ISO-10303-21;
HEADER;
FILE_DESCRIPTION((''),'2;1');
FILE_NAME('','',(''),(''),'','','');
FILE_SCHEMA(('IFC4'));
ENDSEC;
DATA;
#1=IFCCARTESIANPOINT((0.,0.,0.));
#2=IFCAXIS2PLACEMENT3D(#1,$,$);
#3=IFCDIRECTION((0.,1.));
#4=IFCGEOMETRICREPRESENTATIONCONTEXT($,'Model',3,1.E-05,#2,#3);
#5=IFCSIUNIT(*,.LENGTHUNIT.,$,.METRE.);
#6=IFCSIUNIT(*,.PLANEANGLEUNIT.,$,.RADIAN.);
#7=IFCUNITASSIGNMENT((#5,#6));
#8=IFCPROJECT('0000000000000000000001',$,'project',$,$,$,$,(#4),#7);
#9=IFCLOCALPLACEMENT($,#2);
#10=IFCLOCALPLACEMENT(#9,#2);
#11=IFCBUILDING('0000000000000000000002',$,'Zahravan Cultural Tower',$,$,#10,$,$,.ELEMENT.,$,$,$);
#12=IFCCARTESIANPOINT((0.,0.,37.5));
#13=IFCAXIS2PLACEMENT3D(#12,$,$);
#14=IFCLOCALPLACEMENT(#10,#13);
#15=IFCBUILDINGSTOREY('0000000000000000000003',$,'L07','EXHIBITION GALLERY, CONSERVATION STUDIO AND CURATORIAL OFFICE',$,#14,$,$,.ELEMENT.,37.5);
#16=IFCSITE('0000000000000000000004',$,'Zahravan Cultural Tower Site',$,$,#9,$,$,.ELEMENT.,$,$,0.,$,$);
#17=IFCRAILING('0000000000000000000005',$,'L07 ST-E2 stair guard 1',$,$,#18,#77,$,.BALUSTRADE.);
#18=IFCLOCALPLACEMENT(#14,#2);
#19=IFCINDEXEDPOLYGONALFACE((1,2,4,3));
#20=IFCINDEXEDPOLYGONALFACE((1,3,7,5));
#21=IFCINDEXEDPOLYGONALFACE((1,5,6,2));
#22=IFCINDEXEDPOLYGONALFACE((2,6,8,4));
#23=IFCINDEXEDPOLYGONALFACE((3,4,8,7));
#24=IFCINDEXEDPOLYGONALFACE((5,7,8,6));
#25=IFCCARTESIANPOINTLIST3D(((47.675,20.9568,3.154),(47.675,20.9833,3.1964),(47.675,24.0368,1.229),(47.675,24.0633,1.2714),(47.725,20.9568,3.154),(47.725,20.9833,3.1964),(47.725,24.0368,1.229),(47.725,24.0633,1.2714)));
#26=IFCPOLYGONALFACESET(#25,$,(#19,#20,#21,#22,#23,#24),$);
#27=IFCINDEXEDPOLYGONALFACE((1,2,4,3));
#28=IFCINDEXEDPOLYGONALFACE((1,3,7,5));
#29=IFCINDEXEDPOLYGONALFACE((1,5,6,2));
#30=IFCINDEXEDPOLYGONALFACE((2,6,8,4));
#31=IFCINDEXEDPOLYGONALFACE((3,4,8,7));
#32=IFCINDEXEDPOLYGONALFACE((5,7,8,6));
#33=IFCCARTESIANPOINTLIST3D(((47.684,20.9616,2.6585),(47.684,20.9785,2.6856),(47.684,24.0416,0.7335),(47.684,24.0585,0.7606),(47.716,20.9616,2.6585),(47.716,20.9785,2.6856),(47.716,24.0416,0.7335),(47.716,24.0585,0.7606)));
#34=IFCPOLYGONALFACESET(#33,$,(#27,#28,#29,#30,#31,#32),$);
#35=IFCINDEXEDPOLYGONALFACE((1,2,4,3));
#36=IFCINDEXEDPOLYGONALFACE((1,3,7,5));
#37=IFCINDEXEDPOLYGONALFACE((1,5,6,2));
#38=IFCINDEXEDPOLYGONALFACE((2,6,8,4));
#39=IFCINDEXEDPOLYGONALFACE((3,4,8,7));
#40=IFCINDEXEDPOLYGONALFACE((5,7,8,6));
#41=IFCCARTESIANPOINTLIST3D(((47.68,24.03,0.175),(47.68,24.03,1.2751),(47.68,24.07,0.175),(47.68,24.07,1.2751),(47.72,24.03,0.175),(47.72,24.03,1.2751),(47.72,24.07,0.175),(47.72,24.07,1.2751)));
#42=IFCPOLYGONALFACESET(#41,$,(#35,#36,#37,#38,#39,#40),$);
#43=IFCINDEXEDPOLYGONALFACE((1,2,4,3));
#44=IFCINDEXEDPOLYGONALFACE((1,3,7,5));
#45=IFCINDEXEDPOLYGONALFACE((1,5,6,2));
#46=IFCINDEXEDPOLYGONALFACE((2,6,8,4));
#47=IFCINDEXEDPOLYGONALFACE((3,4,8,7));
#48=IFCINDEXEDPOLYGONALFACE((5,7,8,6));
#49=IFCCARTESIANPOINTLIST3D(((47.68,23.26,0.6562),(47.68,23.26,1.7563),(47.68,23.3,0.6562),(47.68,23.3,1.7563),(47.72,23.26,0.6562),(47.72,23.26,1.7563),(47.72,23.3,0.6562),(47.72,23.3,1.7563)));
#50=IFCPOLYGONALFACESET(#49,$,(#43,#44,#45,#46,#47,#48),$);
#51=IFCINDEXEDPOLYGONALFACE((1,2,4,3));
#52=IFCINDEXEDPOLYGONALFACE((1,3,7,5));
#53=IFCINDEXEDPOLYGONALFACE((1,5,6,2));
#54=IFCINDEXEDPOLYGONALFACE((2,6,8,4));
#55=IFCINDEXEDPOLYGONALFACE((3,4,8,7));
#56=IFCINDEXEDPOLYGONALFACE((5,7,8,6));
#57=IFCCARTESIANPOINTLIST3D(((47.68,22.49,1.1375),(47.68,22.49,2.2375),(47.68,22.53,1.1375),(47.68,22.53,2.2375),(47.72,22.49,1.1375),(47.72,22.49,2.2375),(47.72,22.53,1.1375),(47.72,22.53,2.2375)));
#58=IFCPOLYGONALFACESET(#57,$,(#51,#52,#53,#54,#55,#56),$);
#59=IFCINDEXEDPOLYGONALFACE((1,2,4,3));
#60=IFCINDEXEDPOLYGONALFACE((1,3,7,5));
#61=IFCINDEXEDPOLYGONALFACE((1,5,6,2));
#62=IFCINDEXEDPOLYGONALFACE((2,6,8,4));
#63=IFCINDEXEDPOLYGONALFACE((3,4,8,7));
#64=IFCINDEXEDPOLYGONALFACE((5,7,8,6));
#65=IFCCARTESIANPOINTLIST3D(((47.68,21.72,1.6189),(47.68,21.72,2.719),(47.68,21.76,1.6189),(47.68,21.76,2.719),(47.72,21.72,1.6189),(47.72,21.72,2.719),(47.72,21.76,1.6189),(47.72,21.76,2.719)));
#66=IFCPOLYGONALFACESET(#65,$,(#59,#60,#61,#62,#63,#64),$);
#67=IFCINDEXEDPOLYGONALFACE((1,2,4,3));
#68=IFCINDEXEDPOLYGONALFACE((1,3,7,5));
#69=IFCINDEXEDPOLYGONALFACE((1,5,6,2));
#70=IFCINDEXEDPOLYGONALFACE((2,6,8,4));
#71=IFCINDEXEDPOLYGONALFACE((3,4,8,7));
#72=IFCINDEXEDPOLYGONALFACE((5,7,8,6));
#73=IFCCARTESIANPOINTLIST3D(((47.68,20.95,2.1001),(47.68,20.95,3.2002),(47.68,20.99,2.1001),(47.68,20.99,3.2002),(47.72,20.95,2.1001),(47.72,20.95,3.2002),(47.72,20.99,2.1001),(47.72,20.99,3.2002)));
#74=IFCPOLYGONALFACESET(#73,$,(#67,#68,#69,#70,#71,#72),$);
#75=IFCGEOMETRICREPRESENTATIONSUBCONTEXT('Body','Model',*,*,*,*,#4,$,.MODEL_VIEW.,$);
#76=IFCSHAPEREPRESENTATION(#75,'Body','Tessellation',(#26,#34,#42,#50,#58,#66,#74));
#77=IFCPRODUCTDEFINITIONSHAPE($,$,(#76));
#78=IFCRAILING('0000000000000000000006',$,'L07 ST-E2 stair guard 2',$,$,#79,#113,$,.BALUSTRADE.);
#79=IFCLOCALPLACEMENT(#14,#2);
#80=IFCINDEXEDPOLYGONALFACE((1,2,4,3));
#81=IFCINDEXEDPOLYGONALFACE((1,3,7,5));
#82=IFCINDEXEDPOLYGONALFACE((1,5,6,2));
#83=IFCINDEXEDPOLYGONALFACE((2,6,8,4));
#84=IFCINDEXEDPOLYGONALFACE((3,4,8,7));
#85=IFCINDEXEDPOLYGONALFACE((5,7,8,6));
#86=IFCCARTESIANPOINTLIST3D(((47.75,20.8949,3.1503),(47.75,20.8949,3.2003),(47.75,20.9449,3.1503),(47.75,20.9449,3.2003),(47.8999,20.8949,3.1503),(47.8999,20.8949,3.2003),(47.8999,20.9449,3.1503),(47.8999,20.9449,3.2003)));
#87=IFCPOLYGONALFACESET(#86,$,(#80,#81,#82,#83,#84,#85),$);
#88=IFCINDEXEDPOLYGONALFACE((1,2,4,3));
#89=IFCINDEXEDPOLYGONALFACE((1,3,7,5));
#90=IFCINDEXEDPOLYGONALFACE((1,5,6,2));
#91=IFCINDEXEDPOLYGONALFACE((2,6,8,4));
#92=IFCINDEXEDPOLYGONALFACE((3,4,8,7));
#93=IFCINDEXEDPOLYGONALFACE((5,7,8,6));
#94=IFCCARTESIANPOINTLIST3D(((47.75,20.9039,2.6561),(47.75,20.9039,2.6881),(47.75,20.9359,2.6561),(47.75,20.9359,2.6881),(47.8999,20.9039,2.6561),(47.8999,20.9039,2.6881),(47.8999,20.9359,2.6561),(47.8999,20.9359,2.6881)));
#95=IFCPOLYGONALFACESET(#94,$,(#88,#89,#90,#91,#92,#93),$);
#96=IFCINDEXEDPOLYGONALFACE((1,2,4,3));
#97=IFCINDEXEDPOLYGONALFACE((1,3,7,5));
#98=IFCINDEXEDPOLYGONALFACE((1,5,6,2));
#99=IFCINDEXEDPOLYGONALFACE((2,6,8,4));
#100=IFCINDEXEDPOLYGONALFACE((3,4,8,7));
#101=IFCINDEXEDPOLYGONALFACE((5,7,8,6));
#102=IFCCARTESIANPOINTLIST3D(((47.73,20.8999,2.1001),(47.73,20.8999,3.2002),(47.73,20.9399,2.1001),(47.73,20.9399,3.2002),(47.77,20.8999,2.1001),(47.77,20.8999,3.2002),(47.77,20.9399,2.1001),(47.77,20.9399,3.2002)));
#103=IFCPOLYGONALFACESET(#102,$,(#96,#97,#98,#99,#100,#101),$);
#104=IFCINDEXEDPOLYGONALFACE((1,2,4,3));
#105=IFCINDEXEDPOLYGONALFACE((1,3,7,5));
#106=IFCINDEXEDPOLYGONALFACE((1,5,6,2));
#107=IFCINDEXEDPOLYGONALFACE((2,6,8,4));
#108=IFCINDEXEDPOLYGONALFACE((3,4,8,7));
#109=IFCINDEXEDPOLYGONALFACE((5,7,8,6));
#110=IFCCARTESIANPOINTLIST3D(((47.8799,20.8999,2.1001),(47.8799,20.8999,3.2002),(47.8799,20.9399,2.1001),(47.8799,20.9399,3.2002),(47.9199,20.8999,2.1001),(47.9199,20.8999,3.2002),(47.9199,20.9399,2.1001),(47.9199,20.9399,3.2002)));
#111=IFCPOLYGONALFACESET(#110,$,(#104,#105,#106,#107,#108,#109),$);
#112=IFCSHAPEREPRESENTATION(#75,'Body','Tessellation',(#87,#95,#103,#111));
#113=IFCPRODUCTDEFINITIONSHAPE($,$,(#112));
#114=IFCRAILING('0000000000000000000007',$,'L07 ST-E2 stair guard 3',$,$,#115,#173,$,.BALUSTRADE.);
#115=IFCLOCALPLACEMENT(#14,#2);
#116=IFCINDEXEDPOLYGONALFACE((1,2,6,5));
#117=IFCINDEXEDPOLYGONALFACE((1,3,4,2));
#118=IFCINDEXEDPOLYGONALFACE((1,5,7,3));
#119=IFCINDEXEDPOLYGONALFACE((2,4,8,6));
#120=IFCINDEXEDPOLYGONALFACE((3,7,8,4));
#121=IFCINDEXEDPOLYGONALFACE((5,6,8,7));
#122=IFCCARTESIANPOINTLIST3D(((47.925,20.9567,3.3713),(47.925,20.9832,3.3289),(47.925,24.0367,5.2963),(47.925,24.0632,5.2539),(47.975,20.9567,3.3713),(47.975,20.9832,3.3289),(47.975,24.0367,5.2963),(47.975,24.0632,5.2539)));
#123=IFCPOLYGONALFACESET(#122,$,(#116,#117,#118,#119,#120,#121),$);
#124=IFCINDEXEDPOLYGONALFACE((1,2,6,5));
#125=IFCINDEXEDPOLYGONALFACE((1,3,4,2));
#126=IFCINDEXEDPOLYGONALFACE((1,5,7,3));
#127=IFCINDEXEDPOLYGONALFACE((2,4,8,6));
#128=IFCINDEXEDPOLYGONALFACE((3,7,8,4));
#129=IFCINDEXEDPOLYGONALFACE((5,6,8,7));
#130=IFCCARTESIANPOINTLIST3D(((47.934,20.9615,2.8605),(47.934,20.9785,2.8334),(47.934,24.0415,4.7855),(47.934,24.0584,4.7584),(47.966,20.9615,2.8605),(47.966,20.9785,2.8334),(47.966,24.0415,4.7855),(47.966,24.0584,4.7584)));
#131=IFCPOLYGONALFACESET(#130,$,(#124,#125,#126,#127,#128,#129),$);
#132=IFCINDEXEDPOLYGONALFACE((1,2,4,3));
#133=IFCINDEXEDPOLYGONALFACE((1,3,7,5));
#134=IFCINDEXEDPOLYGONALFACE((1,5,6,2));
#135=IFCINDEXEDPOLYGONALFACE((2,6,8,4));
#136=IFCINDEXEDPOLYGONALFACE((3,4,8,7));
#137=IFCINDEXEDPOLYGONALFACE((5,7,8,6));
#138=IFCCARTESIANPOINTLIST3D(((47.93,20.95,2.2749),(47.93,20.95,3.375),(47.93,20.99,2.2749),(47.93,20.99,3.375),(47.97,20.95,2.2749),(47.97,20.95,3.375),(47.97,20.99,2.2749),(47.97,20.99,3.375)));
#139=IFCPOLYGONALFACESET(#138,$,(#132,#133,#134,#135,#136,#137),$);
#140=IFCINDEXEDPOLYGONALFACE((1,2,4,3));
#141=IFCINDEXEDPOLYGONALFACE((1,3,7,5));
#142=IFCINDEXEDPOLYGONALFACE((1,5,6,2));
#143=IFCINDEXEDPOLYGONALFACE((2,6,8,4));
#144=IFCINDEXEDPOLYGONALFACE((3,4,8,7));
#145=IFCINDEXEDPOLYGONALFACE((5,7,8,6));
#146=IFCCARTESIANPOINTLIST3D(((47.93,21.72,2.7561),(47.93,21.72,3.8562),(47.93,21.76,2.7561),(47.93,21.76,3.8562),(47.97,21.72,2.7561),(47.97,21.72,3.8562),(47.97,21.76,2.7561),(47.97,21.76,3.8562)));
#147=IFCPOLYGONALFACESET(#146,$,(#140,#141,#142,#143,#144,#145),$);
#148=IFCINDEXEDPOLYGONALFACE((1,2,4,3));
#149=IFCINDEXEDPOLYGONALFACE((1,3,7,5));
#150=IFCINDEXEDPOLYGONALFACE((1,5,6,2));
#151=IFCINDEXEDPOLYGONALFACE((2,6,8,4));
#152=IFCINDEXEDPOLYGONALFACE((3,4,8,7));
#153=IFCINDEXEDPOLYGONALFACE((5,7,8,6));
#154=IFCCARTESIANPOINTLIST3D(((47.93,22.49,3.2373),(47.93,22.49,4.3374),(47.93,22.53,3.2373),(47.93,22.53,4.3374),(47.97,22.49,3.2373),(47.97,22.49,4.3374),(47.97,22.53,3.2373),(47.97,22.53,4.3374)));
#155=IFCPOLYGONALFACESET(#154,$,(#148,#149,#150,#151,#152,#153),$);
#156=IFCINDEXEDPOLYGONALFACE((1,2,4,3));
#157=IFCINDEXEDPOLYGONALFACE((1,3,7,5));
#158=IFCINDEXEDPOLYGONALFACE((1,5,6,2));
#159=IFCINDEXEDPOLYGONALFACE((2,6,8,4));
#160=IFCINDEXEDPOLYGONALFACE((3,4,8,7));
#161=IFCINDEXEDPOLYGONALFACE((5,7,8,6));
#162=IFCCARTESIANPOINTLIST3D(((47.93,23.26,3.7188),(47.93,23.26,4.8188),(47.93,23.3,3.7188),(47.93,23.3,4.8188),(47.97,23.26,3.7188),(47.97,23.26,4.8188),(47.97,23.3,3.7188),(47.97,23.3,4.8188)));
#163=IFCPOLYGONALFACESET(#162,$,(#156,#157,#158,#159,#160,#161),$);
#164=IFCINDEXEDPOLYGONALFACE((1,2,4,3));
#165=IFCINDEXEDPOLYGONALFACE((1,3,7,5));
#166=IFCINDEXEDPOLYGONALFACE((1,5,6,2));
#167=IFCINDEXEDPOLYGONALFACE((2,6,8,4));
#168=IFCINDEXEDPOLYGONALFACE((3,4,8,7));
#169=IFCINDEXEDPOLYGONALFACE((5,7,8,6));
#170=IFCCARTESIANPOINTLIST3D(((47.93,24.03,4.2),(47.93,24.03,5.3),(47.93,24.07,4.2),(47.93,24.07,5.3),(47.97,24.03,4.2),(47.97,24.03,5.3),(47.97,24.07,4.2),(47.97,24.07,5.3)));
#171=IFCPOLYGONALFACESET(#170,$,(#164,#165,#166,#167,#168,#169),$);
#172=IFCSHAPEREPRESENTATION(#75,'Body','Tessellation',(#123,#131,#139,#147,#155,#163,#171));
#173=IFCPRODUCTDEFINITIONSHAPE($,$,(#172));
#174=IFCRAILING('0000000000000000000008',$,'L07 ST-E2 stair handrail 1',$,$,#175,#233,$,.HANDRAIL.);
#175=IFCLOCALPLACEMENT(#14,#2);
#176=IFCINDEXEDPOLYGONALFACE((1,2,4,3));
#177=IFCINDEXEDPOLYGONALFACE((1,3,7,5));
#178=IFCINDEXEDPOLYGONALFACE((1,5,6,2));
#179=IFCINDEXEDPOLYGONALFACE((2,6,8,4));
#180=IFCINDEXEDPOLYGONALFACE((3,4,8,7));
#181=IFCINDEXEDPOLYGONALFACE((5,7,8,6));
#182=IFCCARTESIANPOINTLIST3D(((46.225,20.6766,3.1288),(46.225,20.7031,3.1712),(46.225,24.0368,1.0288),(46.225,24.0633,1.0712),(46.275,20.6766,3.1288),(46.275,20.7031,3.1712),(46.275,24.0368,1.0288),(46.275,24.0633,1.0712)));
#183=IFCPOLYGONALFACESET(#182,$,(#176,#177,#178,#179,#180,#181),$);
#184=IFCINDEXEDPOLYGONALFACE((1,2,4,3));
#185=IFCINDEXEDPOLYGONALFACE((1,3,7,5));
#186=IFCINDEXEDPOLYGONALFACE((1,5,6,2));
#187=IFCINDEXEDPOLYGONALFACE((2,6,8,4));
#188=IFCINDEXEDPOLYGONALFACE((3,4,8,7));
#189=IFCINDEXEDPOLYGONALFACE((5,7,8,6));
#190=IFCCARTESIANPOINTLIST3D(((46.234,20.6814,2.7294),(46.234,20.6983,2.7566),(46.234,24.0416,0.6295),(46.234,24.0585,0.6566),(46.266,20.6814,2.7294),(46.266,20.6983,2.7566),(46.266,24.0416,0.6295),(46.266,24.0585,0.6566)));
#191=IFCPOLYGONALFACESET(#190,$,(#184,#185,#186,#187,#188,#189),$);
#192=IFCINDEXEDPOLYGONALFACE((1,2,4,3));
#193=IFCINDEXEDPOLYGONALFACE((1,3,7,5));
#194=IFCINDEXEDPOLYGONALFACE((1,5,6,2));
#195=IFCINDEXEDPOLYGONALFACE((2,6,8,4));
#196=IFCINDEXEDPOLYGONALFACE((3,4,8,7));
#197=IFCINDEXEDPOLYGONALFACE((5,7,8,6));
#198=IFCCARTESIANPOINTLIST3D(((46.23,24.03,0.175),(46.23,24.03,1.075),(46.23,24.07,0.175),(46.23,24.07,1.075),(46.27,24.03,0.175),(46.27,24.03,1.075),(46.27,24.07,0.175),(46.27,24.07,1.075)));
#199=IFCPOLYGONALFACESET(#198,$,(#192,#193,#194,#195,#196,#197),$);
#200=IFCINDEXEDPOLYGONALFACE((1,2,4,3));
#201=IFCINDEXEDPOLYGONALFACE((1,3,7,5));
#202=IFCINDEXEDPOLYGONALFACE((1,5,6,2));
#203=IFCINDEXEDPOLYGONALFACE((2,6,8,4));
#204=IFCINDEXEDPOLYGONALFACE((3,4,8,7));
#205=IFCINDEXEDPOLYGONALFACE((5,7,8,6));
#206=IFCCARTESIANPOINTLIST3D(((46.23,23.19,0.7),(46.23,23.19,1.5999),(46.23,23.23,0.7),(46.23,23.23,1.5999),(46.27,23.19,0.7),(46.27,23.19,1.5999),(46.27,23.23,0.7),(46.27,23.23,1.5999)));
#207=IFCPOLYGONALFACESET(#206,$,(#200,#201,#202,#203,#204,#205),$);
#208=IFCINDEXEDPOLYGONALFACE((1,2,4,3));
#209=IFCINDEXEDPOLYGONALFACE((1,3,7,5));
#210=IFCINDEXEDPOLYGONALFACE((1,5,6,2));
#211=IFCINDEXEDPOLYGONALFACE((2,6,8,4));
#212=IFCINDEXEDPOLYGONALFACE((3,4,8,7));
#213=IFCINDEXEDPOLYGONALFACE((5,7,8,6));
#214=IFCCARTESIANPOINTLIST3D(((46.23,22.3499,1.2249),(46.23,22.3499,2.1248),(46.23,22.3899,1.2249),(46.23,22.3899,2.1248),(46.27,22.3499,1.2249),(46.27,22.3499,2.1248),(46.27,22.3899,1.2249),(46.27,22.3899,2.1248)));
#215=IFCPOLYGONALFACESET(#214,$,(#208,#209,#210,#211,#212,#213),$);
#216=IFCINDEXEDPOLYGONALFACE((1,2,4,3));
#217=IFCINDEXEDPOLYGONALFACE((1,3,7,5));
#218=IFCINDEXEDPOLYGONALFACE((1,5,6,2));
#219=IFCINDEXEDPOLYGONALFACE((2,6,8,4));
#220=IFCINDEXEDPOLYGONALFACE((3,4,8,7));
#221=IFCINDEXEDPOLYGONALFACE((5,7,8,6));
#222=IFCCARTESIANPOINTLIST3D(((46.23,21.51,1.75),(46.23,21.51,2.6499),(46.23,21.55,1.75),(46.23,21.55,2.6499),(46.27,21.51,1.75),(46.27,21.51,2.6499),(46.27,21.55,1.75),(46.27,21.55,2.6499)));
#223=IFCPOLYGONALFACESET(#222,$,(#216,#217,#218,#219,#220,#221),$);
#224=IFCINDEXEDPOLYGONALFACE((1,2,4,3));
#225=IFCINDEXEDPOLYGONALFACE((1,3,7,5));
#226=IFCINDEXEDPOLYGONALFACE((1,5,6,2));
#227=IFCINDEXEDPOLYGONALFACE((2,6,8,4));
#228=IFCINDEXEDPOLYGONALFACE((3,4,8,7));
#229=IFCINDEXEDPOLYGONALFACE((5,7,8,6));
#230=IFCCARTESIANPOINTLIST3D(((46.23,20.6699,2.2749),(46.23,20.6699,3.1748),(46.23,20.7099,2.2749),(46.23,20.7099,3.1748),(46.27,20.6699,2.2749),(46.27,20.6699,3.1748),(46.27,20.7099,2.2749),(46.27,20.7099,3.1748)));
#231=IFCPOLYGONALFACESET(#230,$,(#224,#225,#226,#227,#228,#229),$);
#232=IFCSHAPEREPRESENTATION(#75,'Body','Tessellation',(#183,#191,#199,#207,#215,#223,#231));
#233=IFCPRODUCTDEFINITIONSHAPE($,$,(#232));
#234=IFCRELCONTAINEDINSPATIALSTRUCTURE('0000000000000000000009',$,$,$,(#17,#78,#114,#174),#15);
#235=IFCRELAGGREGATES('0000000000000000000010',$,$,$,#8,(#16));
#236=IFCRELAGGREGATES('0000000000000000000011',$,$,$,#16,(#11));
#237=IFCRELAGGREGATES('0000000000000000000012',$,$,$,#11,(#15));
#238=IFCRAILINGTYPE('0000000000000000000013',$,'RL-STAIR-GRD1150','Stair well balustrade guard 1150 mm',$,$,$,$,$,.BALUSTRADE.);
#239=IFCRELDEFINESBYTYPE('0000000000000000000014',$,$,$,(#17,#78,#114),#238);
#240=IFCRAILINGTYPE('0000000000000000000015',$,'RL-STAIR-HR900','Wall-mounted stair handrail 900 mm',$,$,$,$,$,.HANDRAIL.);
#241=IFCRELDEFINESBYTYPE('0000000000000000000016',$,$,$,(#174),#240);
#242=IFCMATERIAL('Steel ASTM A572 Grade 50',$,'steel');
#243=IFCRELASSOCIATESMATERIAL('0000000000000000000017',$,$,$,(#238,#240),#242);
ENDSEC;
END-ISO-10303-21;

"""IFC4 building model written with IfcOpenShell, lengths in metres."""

from ifc_helpers import new_model, si_unit, direction, frame, origin, origin_2d, place, context, subcontext, project, spatial, rectangle, extrude, material, type_object, element, save


model = new_model("IFC4")

# Units and contexts
model_context = context("Model", 3, precision=1e-05, world=origin(), true_north=direction((0.0, 1.0)))
body_context = subcontext(model_context, "Body", "Model", "MODEL_VIEW")
ifc_project = project(units=[si_unit("LENGTHUNIT", "METRE"), si_unit("PLANEANGLEUNIT", "RADIAN")], contexts=[model_context])

# Site, building, storey
site_placement = place(None, origin())
site = spatial("IfcSite", under=ifc_project, at=site_placement, Name="Zahravan Cultural Tower Site", CompositionType="ELEMENT", RefElevation=0.0)
building_placement = place(site_placement, origin())
building = spatial("IfcBuilding", under=site, at=building_placement, Name="Zahravan Cultural Tower", CompositionType="ELEMENT")
storey_placement = place(building_placement, frame((0.0, 0.0, 37.5)))
storey = spatial("IfcBuildingStorey", under=building, at=storey_placement, Name="L07", Description="EXHIBITION GALLERY, CONSERVATION STUDIO AND CURATORIAL OFFICE", CompositionType="ELEMENT", Elevation=37.5)

# Shared definitions
ifc_material_1 = material(Name="Steel ASTM A572 Grade 50", Category="steel")

# Railings
railing_type_1 = type_object("IfcRailingType", Name="RL-STAIR-GRD1150", Description="Stair well balustrade guard 1150 mm", PredefinedType="BALUSTRADE", material=ifc_material_1)
railing_1_placement = place(storey_placement, frame((47.7, 24.05, 0.175)))
element("IfcRailing", 1, at=railing_1_placement, inside=storey, type_object=railing_type_1, Name="L07 ST-E2 stair guard 1", PredefinedType="BALUSTRADE", context=body_context, shape_type="SweptSolid", body=[
    extrude(rectangle(XDim=0.05, YDim=0.05, at=origin_2d()), frame((0.0, 0.0, 1.0752), z_axis=(0.0, -0.847998, 0.529999), x_axis=(1.0, 0.0, 0.0)), (0.0, 0.0, 1.0), 3.6321),
    extrude(rectangle(XDim=0.032, YDim=0.032, at=origin_2d()), frame((0.0, 0.0, 0.572), z_axis=(0.0, -0.847998, 0.529999), x_axis=(1.0, 0.0, 0.0)), (0.0, 0.0, 1.0), 3.6321),
    extrude(rectangle(XDim=0.04, YDim=0.04, at=origin_2d()), origin(), (0.0, 0.0, 1.0), 1.1001),
    extrude(rectangle(XDim=0.04, YDim=0.04, at=origin_2d()), frame((0.0, -0.77, 0.4812)), (0.0, 0.0, 1.0), 1.1001),
    extrude(rectangle(XDim=0.04, YDim=0.04, at=origin_2d()), frame((0.0, -1.54, 0.9624)), (0.0, 0.0, 1.0), 1.1001),
    extrude(rectangle(XDim=0.04, YDim=0.04, at=origin_2d()), frame((0.0, -2.3101, 1.4438)), (0.0, 0.0, 1.0), 1.1001),
    extrude(rectangle(XDim=0.04, YDim=0.04, at=origin_2d()), frame((0.0, -3.0801, 1.925)), (0.0, 0.0, 1.0), 1.1001),
])
railing_2_placement = place(storey_placement, frame((47.75, 20.9199, 2.1001)))
element("IfcRailing", 2, at=railing_2_placement, inside=storey, type_object=railing_type_1, Name="L07 ST-E2 stair guard 2", PredefinedType="BALUSTRADE", context=body_context, shape_type="SweptSolid", body=[
    extrude(rectangle(XDim=0.05, YDim=0.05, at=origin_2d()), frame((0.0, 0.0, 1.0752), z_axis=(1.0, 0.0, 0.0), x_axis=(0.0, 1.0, 0.0)), (0.0, 0.0, 1.0), 0.1499),
    extrude(rectangle(XDim=0.032, YDim=0.032, at=origin_2d()), frame((0.0, 0.0, 0.572), z_axis=(1.0, 0.0, 0.0), x_axis=(0.0, 1.0, 0.0)), (0.0, 0.0, 1.0), 0.1499),
    extrude(rectangle(XDim=0.04, YDim=0.04, at=origin_2d()), origin(), (0.0, 0.0, 1.0), 1.1001),
    extrude(rectangle(XDim=0.04, YDim=0.04, at=origin_2d()), frame((0.1499, 0.0, 0.0)), (0.0, 0.0, 1.0), 1.1001),
])
railing_3_placement = place(storey_placement, frame((47.95, 20.97, 2.2749)))
element("IfcRailing", 3, at=railing_3_placement, inside=storey, type_object=railing_type_1, Name="L07 ST-E2 stair guard 3", PredefinedType="BALUSTRADE", context=body_context, shape_type="SweptSolid", body=[
    extrude(rectangle(XDim=0.05, YDim=0.05, at=origin_2d()), frame((0.0, 0.0, 1.0752), z_axis=(0.0, 0.847998, 0.529999), x_axis=(-1.0, 0.0, 0.0)), (0.0, 0.0, 1.0), 3.6321),
    extrude(rectangle(XDim=0.032, YDim=0.032, at=origin_2d()), frame((0.0, 0.0, 0.572), z_axis=(0.0, 0.847998, 0.529999), x_axis=(-1.0, 0.0, 0.0)), (0.0, 0.0, 1.0), 3.6321),
    extrude(rectangle(XDim=0.04, YDim=0.04, at=origin_2d()), origin(), (0.0, 0.0, 1.0), 1.1001),
    extrude(rectangle(XDim=0.04, YDim=0.04, at=origin_2d()), frame((0.0, 0.77, 0.4812)), (0.0, 0.0, 1.0), 1.1001),
    extrude(rectangle(XDim=0.04, YDim=0.04, at=origin_2d()), frame((0.0, 1.54, 0.9624)), (0.0, 0.0, 1.0), 1.1001),
    extrude(rectangle(XDim=0.04, YDim=0.04, at=origin_2d()), frame((0.0, 2.3101, 1.4438)), (0.0, 0.0, 1.0), 1.1001),
    extrude(rectangle(XDim=0.04, YDim=0.04, at=origin_2d()), frame((0.0, 3.0801, 1.925)), (0.0, 0.0, 1.0), 1.1001),
])
railing_type_2 = type_object("IfcRailingType", Name="RL-STAIR-HR900", Description="Wall-mounted stair handrail 900 mm", PredefinedType="HANDRAIL", material=ifc_material_1)
railing_4_placement = place(storey_placement, frame((46.25, 24.05, 0.175)))
element("IfcRailing", 4, at=railing_4_placement, inside=storey, type_object=railing_type_2, Name="L07 ST-E2 stair handrail 1", PredefinedType="HANDRAIL", context=body_context, shape_type="SweptSolid", body=[
    extrude(rectangle(XDim=0.05, YDim=0.05, at=origin_2d()), frame((0.0, 0.0, 0.875), z_axis=(0.0, -0.848023, 0.52996), x_axis=(1.0, 0.0, 0.0)), (0.0, 0.0, 1.0), 3.9624),
    extrude(rectangle(XDim=0.032, YDim=0.032, at=origin_2d()), frame((0.0, 0.0, 0.468), z_axis=(0.0, -0.848023, 0.52996), x_axis=(1.0, 0.0, 0.0)), (0.0, 0.0, 1.0), 3.9624),
    extrude(rectangle(XDim=0.04, YDim=0.04, at=origin_2d()), origin(), (0.0, 0.0, 1.0), 0.8999),
    extrude(rectangle(XDim=0.04, YDim=0.04, at=origin_2d()), frame((0.0, -0.8401, 0.5249)), (0.0, 0.0, 1.0), 0.8999),
    extrude(rectangle(XDim=0.04, YDim=0.04, at=origin_2d()), frame((0.0, -1.6802, 1.0498)), (0.0, 0.0, 1.0), 0.8999),
    extrude(rectangle(XDim=0.04, YDim=0.04, at=origin_2d()), frame((0.0, -2.52, 1.575)), (0.0, 0.0, 1.0), 0.8999),
    extrude(rectangle(XDim=0.04, YDim=0.04, at=origin_2d()), frame((0.0, -3.3601, 2.0999)), (0.0, 0.0, 1.0), 0.8999),
])

save(model, "model.ifc")
